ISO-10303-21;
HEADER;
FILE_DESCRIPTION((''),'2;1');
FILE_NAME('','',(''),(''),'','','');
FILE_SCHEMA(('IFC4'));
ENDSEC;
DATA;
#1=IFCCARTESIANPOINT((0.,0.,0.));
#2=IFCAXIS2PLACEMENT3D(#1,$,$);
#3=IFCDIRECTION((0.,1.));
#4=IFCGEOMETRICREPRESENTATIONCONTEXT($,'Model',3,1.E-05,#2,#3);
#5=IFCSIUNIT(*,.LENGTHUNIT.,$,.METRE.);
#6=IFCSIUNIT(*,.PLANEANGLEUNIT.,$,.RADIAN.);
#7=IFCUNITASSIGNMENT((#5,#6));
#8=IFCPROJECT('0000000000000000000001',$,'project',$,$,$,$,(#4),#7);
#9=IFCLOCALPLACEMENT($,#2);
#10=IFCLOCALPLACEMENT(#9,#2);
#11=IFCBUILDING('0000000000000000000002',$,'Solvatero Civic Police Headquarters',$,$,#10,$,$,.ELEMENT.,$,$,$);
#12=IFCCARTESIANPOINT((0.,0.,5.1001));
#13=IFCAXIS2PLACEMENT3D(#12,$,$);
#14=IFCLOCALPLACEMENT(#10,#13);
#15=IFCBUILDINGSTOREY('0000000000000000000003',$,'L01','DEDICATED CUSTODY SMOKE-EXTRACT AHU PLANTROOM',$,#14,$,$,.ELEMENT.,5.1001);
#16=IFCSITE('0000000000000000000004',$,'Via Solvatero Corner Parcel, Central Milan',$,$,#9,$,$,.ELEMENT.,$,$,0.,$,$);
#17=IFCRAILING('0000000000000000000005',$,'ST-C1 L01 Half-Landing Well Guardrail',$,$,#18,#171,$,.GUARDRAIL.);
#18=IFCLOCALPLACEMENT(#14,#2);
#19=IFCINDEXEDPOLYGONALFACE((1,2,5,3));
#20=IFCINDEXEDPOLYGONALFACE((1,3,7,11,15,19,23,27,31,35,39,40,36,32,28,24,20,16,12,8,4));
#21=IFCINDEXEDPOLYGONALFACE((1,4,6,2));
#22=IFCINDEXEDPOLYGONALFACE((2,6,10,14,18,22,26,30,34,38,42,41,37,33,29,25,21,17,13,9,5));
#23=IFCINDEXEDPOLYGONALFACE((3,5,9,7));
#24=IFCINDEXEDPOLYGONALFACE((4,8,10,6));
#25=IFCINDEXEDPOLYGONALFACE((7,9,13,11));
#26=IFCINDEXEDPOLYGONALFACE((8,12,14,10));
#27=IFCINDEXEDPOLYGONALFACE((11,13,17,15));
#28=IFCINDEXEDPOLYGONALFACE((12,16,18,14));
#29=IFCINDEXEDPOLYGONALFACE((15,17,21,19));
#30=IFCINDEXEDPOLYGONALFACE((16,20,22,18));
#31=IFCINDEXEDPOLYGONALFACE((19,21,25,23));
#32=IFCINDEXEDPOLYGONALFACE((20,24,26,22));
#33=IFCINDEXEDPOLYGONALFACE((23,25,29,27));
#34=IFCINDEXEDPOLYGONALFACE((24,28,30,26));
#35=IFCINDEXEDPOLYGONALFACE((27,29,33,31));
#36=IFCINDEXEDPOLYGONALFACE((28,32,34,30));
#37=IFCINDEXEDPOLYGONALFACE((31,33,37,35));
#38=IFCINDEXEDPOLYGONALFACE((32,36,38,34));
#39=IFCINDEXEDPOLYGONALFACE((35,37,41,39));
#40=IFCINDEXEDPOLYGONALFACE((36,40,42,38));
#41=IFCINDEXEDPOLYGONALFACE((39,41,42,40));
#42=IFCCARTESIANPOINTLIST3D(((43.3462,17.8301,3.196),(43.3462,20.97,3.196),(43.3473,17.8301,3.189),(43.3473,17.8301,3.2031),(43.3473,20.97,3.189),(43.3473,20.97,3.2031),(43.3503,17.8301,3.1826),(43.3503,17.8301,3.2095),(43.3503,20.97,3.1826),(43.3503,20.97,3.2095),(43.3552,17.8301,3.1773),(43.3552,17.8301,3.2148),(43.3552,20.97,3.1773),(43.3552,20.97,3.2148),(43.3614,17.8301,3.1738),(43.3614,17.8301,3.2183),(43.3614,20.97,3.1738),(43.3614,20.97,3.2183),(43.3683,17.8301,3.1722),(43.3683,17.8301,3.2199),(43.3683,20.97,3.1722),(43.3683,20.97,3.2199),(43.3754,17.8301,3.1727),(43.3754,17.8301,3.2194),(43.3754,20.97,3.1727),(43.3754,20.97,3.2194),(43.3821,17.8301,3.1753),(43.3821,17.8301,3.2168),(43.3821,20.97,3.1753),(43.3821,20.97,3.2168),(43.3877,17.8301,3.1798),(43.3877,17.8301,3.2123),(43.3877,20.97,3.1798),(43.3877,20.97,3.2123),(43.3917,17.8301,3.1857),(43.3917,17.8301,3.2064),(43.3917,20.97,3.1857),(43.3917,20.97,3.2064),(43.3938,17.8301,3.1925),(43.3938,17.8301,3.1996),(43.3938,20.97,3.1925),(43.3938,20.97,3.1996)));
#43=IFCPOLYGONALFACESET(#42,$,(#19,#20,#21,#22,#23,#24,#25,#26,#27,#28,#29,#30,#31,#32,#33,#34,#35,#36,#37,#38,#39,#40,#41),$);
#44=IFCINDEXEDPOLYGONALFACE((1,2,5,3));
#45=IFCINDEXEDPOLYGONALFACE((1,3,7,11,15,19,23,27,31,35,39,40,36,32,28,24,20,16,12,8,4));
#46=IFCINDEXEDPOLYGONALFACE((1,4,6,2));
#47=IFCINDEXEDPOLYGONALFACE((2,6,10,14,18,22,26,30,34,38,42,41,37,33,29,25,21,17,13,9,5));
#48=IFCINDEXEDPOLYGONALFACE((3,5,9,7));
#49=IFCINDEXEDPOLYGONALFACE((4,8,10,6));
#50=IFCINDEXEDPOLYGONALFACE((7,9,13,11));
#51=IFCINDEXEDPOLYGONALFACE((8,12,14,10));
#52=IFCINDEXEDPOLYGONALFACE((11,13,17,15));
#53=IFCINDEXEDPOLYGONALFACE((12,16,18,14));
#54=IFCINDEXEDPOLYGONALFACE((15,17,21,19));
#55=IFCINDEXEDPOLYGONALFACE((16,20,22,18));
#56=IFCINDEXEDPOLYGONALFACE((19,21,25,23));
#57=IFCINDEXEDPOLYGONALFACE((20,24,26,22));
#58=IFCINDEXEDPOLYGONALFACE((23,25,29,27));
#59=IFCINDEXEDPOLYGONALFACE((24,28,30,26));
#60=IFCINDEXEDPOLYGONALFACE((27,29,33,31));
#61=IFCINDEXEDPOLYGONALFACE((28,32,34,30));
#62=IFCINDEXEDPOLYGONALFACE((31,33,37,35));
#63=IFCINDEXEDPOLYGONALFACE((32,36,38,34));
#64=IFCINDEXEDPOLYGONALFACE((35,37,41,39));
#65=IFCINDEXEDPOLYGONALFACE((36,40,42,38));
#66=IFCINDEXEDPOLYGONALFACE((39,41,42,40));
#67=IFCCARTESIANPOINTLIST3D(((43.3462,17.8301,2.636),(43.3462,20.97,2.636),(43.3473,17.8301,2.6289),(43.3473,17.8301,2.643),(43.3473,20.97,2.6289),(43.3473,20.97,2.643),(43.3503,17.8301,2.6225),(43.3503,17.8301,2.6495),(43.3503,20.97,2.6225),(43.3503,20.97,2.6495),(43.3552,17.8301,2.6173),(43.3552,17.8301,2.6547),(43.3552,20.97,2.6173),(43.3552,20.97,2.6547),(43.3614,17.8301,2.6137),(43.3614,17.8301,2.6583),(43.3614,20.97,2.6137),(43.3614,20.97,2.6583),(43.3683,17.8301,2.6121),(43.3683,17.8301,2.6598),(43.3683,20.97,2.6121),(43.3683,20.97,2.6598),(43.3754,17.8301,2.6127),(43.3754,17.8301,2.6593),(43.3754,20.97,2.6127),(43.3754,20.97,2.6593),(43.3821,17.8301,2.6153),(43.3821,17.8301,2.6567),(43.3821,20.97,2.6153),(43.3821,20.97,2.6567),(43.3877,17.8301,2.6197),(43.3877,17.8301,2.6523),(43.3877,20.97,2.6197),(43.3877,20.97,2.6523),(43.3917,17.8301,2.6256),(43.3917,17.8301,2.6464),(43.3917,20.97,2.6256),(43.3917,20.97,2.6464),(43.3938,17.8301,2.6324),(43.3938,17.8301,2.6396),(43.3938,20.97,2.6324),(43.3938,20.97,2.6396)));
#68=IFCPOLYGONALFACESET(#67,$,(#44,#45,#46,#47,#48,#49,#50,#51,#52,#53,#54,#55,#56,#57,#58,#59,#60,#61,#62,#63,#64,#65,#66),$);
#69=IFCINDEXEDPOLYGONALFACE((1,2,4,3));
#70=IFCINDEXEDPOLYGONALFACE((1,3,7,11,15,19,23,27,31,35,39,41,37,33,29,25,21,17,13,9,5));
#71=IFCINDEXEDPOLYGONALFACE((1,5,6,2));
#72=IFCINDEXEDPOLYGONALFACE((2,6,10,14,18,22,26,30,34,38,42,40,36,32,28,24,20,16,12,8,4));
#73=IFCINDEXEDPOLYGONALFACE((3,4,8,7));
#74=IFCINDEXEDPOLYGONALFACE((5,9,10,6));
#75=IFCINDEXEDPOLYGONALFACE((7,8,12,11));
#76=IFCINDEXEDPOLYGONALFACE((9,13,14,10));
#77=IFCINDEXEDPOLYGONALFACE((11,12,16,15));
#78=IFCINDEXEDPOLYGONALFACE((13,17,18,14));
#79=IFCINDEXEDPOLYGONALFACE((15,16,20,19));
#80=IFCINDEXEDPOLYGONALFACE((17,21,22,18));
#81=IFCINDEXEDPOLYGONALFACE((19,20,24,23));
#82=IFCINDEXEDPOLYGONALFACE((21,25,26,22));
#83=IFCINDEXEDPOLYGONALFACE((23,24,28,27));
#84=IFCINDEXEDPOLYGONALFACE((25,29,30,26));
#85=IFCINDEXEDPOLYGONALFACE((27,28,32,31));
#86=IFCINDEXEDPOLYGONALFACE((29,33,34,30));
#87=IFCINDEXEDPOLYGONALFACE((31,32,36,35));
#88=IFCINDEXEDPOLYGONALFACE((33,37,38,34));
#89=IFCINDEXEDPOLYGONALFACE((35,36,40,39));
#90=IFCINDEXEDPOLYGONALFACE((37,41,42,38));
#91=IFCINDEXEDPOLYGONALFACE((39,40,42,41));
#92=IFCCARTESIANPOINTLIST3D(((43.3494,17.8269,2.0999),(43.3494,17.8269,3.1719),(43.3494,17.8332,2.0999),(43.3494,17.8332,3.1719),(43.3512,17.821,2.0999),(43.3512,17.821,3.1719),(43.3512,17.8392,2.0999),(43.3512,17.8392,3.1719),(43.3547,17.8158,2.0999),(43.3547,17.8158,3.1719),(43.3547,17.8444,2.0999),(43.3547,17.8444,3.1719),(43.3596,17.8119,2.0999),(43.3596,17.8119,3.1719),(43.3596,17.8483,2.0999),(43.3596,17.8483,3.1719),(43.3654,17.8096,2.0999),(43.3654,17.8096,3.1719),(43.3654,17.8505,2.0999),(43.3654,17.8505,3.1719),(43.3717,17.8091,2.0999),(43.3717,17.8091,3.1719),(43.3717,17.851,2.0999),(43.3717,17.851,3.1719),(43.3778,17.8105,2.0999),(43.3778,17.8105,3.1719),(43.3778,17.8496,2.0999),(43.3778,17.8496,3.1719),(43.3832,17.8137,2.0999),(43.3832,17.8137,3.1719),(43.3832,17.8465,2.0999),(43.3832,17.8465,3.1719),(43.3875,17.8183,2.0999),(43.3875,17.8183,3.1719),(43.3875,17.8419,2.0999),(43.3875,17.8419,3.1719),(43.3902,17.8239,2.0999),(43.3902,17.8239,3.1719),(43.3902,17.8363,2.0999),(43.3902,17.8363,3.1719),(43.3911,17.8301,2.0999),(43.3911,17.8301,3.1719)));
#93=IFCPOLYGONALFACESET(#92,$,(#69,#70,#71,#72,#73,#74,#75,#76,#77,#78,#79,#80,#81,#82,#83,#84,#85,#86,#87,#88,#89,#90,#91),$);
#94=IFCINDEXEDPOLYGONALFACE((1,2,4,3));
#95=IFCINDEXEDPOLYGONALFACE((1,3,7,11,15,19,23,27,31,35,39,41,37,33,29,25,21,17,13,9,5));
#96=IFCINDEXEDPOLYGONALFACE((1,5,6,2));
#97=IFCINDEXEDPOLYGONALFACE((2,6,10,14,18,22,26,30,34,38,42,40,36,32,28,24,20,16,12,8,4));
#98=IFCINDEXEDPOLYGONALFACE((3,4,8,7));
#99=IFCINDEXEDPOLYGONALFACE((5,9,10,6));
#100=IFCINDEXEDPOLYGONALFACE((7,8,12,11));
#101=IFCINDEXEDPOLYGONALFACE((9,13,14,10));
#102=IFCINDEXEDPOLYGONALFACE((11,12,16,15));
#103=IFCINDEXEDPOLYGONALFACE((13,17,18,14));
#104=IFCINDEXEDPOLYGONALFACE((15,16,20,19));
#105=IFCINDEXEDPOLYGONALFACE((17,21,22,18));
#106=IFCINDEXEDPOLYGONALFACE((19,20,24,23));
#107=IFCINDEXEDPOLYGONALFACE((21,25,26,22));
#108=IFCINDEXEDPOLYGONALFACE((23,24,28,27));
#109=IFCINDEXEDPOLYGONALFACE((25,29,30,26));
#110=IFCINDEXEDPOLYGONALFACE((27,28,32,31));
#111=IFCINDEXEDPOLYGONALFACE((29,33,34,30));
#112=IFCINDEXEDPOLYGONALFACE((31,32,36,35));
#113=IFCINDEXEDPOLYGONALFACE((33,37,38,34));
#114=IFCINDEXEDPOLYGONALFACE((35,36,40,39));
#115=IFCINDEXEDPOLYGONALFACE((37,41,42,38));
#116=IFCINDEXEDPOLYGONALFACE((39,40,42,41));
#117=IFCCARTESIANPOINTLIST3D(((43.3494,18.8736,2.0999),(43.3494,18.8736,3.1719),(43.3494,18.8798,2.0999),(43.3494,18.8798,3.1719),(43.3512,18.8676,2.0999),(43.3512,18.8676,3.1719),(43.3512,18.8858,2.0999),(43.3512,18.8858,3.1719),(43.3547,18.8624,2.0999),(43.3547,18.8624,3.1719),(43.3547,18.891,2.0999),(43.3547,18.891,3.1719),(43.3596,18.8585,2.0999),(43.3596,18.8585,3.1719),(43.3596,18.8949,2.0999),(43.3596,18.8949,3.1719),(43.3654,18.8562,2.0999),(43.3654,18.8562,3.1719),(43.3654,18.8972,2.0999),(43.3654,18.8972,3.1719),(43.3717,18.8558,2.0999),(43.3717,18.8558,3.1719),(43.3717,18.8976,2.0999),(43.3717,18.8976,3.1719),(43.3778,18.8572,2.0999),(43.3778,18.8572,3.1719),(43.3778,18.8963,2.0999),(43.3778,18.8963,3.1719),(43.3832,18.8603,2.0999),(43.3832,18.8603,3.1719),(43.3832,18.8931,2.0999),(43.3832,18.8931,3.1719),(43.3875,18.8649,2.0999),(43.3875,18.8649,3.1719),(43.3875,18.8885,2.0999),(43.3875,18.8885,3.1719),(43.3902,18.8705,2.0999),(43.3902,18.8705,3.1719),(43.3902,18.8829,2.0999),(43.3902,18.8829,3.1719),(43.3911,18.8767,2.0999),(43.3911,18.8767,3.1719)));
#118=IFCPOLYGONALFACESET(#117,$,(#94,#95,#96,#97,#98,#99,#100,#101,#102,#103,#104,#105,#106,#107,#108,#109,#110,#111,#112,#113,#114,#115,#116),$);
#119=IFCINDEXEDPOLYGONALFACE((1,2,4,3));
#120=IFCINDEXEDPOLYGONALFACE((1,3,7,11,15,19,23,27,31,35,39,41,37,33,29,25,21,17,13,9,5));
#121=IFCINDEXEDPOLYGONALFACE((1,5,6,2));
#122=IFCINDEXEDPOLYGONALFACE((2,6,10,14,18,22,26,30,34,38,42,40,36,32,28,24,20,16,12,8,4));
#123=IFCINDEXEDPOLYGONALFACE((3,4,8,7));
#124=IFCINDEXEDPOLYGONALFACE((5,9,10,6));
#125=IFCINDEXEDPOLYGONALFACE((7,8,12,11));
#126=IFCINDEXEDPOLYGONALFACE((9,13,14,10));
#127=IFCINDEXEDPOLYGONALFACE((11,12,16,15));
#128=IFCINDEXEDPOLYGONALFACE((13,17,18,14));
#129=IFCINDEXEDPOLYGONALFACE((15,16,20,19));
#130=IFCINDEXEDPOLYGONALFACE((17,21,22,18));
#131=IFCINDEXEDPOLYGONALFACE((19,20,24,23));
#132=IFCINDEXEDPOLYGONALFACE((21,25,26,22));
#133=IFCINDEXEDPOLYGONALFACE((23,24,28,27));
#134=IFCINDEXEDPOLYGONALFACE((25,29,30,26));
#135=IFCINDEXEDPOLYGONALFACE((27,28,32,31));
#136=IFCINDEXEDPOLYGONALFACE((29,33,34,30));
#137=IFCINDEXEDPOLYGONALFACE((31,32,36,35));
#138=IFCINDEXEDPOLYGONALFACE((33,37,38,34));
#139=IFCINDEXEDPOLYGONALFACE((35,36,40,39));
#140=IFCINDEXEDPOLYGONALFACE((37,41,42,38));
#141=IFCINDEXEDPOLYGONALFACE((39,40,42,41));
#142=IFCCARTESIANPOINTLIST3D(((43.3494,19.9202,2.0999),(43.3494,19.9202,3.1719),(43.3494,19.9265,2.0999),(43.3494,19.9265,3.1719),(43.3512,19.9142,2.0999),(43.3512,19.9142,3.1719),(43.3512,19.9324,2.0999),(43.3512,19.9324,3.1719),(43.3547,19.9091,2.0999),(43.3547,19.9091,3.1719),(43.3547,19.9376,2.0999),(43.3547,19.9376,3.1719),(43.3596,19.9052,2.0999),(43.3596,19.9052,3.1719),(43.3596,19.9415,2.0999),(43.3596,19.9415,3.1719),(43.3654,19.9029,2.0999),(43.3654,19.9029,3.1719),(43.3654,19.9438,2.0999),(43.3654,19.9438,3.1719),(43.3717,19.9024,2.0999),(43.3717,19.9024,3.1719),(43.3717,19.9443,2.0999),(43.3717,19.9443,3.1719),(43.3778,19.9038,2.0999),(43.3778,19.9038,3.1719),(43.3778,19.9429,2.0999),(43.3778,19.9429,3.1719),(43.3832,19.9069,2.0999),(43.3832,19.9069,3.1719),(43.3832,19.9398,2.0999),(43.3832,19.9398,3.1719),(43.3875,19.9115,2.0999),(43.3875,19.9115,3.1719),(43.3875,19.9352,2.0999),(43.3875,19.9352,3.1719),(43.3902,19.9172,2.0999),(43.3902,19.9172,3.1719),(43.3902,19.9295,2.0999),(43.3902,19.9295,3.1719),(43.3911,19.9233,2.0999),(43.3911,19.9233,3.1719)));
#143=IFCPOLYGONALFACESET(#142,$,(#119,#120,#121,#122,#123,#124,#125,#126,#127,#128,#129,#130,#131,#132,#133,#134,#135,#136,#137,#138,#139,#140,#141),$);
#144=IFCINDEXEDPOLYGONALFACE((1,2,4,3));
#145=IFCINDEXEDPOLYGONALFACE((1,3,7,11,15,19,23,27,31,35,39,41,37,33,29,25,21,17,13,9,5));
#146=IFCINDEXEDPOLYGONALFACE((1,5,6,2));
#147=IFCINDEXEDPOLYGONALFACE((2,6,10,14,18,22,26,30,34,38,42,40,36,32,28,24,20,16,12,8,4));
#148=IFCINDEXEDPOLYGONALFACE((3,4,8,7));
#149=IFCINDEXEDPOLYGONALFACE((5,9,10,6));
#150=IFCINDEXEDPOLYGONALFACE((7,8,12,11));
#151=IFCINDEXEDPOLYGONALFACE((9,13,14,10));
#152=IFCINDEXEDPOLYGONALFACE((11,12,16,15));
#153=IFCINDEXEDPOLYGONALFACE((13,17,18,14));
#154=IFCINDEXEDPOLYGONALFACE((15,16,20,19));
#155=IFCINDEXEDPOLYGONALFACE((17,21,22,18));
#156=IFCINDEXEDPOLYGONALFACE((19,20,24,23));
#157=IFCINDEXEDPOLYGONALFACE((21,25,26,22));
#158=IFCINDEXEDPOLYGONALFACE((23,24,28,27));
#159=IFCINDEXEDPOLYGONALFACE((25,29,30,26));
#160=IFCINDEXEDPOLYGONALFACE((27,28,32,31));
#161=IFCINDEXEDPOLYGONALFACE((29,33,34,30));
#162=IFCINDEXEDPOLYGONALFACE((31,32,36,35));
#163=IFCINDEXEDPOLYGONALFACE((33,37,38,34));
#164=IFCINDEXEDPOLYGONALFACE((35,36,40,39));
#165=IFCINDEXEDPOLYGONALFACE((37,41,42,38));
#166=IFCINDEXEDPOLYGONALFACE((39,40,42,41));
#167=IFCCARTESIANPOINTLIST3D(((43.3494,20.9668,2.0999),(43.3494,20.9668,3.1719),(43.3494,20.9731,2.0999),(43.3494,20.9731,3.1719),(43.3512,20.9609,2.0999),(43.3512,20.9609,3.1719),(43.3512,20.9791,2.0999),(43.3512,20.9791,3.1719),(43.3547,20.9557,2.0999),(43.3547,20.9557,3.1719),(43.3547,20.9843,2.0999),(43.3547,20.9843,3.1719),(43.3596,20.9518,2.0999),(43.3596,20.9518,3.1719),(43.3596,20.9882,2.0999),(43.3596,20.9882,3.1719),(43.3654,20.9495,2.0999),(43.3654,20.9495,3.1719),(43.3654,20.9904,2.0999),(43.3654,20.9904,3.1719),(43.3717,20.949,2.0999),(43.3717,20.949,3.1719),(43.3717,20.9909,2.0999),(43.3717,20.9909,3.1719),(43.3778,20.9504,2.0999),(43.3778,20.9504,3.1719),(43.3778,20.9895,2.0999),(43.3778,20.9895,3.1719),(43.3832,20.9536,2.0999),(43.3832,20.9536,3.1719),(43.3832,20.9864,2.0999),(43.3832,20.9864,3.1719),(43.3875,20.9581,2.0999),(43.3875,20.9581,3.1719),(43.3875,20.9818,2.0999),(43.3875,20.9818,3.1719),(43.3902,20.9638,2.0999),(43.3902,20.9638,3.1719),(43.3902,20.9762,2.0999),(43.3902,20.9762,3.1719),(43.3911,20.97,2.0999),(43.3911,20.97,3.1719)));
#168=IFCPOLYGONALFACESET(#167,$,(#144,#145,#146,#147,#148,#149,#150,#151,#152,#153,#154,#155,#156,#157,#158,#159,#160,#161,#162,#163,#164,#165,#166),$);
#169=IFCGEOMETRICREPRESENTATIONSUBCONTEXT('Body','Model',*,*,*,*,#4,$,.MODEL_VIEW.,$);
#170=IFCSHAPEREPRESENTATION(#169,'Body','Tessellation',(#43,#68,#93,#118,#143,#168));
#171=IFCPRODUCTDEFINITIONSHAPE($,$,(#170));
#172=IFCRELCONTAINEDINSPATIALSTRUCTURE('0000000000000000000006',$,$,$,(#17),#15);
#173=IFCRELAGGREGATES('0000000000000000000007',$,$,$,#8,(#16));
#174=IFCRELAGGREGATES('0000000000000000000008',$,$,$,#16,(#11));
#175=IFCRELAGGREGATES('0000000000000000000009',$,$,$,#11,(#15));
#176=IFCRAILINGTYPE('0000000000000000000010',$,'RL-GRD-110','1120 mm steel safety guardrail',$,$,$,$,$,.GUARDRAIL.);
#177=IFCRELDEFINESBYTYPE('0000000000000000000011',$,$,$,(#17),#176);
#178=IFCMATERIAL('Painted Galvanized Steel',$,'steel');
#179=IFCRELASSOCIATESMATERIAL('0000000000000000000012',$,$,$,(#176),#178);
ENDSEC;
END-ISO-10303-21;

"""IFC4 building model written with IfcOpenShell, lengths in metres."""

from ifc_helpers import new_model, si_unit, direction, frame, origin, origin_2d, place, context, subcontext, project, spatial, circle, extrude, material, type_object, element, save


model = new_model("IFC4")

# Units and contexts
model_context = context("Model", 3, precision=1e-05, world=origin(), true_north=direction((0.0, 1.0)))
body_context = subcontext(model_context, "Body", "Model", "MODEL_VIEW")
ifc_project = project(units=[si_unit("LENGTHUNIT", "METRE"), si_unit("PLANEANGLEUNIT", "RADIAN")], contexts=[model_context])

# Site, building, storey
site_placement = place(None, origin())
site = spatial("IfcSite", under=ifc_project, at=site_placement, Name="Via Solvatero Corner Parcel, Central Milan", CompositionType="ELEMENT", RefElevation=0.0)
building_placement = place(site_placement, origin())
building = spatial("IfcBuilding", under=site, at=building_placement, Name="Solvatero Civic Police Headquarters", CompositionType="ELEMENT")
storey_placement = place(building_placement, frame((0.0, 0.0, 5.1001)))
storey = spatial("IfcBuildingStorey", under=building, at=storey_placement, Name="L01", Description="DEDICATED CUSTODY SMOKE-EXTRACT AHU PLANTROOM", CompositionType="ELEMENT", Elevation=5.1001)

# Railing
ifc_material_1 = material(Name="Painted Galvanized Steel", Category="steel")
railing_type_1 = type_object("IfcRailingType", Name="RL-GRD-110", Description="1120 mm steel safety guardrail", PredefinedType="GUARDRAIL", material=ifc_material_1)
railing_1_placement = place(storey_placement, frame((43.3701, 17.8301, 2.0999)))
element("IfcRailing", 1, at=railing_1_placement, inside=storey, type_object=railing_type_1, Name="ST-C1 L01 Half-Landing Well Guardrail", PredefinedType="GUARDRAIL", context=body_context, shape_type="SweptSolid", body=[
    extrude(circle(Radius=0.0239, at=origin_2d()), frame((0.0, 0.0, 1.0962), z_axis=(0.0, 1.0, 0.0), x_axis=(-1.0, 0.0, 0.0)), (0.0, 0.0, 1.0), 3.1399),
    extrude(circle(Radius=0.0239, at=origin_2d()), frame((0.0, 0.0, 0.5361), z_axis=(0.0, 1.0, 0.0), x_axis=(-1.0, 0.0, 0.0)), (0.0, 0.0, 1.0), 3.1399),
    extrude(circle(Radius=0.021, at=origin_2d()), origin(), (0.0, 0.0, 1.0), 1.072),
    extrude(circle(Radius=0.021, at=origin_2d()), frame((0.0, 1.0466, 0.0)), (0.0, 0.0, 1.0), 1.072),
    extrude(circle(Radius=0.021, at=origin_2d()), frame((0.0, 2.0933, 0.0)), (0.0, 0.0, 1.0), 1.072),
    extrude(circle(Radius=0.021, at=origin_2d()), frame((0.0, 3.1399, 0.0)), (0.0, 0.0, 1.0), 1.072),
])

save(model, "model.ifc")
